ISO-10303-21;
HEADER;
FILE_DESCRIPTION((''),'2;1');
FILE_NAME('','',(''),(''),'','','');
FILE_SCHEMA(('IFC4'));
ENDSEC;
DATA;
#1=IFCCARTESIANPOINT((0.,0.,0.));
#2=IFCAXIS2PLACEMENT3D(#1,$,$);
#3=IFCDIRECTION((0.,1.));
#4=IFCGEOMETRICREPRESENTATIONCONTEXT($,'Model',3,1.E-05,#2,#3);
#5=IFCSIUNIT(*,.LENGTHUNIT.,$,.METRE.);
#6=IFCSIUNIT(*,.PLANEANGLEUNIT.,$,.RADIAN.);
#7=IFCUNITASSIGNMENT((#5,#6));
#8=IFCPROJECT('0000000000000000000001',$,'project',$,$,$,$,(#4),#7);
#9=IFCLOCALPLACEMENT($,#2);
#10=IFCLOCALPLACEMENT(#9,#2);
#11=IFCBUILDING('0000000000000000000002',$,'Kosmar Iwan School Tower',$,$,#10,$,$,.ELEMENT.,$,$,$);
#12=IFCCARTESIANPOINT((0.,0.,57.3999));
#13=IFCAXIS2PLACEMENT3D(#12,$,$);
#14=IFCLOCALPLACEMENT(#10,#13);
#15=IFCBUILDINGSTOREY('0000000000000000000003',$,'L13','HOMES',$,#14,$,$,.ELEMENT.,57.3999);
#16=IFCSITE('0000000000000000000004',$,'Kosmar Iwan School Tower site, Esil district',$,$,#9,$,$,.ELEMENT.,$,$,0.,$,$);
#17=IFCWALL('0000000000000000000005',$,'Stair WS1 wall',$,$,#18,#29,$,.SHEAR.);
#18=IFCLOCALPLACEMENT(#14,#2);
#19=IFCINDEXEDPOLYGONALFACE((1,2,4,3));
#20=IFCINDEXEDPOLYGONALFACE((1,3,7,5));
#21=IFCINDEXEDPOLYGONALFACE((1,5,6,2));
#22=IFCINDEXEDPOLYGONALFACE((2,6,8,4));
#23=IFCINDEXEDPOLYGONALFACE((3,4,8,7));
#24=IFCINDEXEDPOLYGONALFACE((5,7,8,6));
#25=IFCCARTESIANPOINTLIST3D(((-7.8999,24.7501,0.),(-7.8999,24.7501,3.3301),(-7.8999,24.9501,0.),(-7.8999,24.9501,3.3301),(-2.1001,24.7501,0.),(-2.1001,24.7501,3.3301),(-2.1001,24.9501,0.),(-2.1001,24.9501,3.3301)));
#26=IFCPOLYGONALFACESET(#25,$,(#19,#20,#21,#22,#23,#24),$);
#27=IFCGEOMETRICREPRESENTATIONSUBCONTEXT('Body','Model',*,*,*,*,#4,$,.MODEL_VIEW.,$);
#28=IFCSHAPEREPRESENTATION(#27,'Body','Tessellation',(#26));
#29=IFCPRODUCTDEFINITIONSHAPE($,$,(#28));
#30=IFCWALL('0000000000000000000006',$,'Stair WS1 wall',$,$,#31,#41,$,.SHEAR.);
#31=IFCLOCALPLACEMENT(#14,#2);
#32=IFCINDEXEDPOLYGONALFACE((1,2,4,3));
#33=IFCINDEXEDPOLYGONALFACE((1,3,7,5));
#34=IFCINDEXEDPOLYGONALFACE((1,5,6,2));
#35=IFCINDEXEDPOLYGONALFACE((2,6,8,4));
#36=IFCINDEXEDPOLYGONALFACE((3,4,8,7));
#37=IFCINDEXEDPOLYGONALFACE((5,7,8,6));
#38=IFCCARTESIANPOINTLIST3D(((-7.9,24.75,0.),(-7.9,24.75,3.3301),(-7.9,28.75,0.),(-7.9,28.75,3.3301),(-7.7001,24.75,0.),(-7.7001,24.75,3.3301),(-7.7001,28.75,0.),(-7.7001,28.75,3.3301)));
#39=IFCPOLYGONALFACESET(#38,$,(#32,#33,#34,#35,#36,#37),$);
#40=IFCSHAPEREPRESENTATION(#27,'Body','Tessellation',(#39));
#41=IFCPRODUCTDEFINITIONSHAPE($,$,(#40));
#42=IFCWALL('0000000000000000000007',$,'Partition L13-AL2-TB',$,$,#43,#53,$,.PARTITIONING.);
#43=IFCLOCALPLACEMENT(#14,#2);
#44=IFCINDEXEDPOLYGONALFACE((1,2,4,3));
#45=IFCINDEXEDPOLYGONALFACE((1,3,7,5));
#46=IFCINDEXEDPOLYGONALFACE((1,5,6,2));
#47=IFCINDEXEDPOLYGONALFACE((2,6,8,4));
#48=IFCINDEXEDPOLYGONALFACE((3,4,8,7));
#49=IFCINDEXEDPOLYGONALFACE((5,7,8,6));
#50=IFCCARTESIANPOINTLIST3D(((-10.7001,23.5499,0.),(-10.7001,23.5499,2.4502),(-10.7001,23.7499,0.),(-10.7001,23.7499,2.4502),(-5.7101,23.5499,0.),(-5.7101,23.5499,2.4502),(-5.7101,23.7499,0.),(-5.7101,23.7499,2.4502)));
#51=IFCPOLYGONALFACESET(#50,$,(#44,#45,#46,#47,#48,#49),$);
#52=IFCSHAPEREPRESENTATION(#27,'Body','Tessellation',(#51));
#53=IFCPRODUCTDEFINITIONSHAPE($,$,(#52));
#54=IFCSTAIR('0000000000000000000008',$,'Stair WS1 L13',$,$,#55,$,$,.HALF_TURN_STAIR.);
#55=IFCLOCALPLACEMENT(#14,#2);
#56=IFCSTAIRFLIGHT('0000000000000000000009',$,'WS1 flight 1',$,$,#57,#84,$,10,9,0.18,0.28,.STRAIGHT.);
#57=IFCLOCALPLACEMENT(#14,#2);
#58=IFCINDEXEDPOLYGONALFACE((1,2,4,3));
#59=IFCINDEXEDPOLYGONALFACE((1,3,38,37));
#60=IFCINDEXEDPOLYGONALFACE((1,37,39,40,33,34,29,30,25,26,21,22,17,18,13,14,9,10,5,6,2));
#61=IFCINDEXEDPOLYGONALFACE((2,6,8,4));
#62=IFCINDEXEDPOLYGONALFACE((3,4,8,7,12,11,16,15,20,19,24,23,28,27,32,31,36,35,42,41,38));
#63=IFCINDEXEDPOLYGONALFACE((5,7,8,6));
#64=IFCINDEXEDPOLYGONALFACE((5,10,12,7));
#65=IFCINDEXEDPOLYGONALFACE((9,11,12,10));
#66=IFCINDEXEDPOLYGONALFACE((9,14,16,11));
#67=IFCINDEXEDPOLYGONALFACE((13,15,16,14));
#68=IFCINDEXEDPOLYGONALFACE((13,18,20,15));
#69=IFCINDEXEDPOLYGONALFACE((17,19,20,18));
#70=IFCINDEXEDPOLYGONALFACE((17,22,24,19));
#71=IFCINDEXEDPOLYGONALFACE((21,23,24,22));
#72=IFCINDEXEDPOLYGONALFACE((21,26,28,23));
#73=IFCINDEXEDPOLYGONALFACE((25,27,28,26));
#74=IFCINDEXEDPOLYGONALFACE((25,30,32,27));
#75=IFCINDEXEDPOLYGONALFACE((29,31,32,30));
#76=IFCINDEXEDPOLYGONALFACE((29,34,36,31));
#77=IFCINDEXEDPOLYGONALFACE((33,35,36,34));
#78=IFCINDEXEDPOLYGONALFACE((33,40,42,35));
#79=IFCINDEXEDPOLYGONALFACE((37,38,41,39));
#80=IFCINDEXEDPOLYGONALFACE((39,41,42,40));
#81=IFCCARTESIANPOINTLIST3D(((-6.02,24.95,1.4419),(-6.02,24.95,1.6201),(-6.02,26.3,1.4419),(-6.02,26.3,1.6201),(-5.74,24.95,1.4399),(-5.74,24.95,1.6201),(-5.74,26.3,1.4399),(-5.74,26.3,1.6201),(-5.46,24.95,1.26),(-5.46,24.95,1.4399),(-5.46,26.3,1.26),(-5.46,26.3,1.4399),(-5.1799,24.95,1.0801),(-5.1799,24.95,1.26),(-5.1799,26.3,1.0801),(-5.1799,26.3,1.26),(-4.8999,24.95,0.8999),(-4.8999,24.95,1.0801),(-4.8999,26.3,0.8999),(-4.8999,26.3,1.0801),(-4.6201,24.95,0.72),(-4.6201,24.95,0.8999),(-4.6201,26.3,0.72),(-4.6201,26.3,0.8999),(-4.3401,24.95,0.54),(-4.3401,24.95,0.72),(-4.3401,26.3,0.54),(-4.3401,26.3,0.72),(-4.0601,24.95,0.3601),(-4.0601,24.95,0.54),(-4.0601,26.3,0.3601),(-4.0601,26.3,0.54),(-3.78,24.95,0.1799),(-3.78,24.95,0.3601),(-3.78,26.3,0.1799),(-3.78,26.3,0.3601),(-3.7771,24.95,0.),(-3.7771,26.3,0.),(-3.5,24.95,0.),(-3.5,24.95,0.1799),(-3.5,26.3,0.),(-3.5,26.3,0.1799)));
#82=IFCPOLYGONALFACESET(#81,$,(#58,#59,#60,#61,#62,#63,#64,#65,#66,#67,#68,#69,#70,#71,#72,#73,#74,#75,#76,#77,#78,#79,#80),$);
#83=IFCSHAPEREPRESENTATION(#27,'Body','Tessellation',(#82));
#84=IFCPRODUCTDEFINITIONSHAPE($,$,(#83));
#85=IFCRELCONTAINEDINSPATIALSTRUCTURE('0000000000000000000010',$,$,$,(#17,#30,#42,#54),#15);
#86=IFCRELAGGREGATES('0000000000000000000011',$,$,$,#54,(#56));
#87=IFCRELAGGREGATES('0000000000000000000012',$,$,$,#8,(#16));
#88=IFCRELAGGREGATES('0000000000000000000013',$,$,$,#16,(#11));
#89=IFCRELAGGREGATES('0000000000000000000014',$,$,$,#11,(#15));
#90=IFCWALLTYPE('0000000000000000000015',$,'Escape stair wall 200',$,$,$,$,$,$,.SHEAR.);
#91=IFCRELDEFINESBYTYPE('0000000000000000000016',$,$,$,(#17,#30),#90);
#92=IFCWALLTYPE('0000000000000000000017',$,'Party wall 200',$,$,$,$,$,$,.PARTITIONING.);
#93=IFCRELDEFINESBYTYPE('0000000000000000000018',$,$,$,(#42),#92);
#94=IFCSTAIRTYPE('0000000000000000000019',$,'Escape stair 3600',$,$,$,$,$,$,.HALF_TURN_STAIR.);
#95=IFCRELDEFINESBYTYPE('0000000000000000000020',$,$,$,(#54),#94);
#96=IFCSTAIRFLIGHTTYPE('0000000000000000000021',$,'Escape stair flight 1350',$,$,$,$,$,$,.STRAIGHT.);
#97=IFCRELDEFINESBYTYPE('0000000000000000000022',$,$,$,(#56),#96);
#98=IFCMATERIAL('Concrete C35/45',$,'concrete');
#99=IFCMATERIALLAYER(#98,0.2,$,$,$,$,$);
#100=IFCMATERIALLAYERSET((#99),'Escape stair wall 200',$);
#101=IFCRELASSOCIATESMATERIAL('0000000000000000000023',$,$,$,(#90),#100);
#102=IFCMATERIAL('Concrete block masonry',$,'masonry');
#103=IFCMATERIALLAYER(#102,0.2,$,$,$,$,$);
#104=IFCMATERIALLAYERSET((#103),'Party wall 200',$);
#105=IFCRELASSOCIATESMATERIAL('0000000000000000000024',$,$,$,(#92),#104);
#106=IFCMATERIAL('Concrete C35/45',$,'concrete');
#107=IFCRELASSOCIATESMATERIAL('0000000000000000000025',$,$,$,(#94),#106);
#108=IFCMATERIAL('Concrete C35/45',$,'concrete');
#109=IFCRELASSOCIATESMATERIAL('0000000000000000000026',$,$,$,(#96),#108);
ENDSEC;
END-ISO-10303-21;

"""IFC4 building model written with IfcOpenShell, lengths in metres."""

from ifc_helpers import new_model, si_unit, direction, frame, frame_2d, origin, place, context, subcontext, project, spatial, polyline, rectangle, outline, extrude, material, layer, layer_set, type_object, element, aggregate, save


model = new_model("IFC4")

# Units and contexts
model_context = context("Model", 3, precision=1e-05, world=origin(), true_north=direction((0.0, 1.0)))
body_context = subcontext(model_context, "Body", "Model", "MODEL_VIEW")
ifc_project = project(units=[si_unit("LENGTHUNIT", "METRE"), si_unit("PLANEANGLEUNIT", "RADIAN")], contexts=[model_context])

# Site, building, storey
site_placement = place(None, origin())
site = spatial("IfcSite", under=ifc_project, at=site_placement, Name="Kosmar Iwan School Tower site, Esil district", CompositionType="ELEMENT", RefElevation=0.0)
building_placement = place(site_placement, origin())
building = spatial("IfcBuilding", under=site, at=building_placement, Name="Kosmar Iwan School Tower", CompositionType="ELEMENT")
storey_placement = place(building_placement, frame((0.0, 0.0, 57.3999)))
storey = spatial("IfcBuildingStorey", under=building, at=storey_placement, Name="L13", Description="HOMES", CompositionType="ELEMENT", Elevation=57.3999)

# Walls
ifc_material_1 = material(Name="Concrete C35/45", Category="concrete")
ifc_layer_1 = layer(ifc_material_1, 0.2)
ifc_layer_set_1 = layer_set([ifc_layer_1], Name="Escape stair wall 200")
wall_type_1 = type_object("IfcWallType", Name="Escape stair wall 200", PredefinedType="SHEAR", material=ifc_layer_set_1)
wall_1_placement = place(storey_placement, frame((-2.1001, 24.8501, 0.0), z_axis=(0.0, 0.0, 1.0), x_axis=(-1.0, 0.0, 0.0)))
element("IfcWall", 1, at=wall_1_placement, inside=storey, type_object=wall_type_1, Name="Stair WS1 wall", PredefinedType="SHEAR", context=body_context, shape_type="SweptSolid", body=[
    extrude(rectangle(XDim=5.7998, YDim=0.2, at=frame_2d((2.8999, 0.0))), origin(), (0.0, 0.0, 1.0), 3.3301),
])
wall_2_placement = place(storey_placement, frame((-7.8, 24.75, 0.0), z_axis=(0.0, 0.0, 1.0), x_axis=(0.0, 1.0, 0.0)))
element("IfcWall", 2, at=wall_2_placement, inside=storey, type_object=wall_type_1, Name="Stair WS1 wall", PredefinedType="SHEAR", context=body_context, shape_type="SweptSolid", body=[
    extrude(rectangle(XDim=4.0, YDim=0.2, at=frame_2d((2.0, 0.0))), origin(), (0.0, 0.0, 1.0), 3.3301),
])
ifc_material_2 = material(Name="Concrete block masonry", Category="masonry")
ifc_layer_2 = layer(ifc_material_2, 0.2)
ifc_layer_set_2 = layer_set([ifc_layer_2], Name="Party wall 200")
wall_type_2 = type_object("IfcWallType", Name="Party wall 200", PredefinedType="PARTITIONING", material=ifc_layer_set_2)
wall_3_placement = place(storey_placement, frame((-5.71, 23.6499, 0.0), z_axis=(0.0, 0.0, 1.0), x_axis=(-1.0, 0.0, 0.0)))
element("IfcWall", 3, at=wall_3_placement, inside=storey, type_object=wall_type_2, Name="Partition L13-AL2-TB", PredefinedType="PARTITIONING", context=body_context, shape_type="SweptSolid", body=[
    extrude(rectangle(XDim=4.99, YDim=0.2, at=frame_2d((2.4951, 0.0))), origin(), (0.0, 0.0, 1.0), 2.4502),
])

# Stair, stair flight
ifc_material_3 = material(Name="Concrete C35/45", Category="concrete")
stair_type = type_object("IfcStairType", Name="Escape stair 3600", PredefinedType="HALF_TURN_STAIR", material=ifc_material_3)
stair_placement = place(storey_placement, origin())
stair = element("IfcStair", 4, at=stair_placement, inside=storey, type_object=stair_type, Name="Stair WS1 L13", PredefinedType="HALF_TURN_STAIR")
ifc_material_4 = material(Name="Concrete C35/45", Category="concrete")
stair_flight_type = type_object("IfcStairFlightType", Name="Escape stair flight 1350", PredefinedType="STRAIGHT", material=ifc_material_4)
stair_flight_placement = place(storey_placement, frame((-3.5, 25.625, 0.0), z_axis=(0.0, 0.0, 1.0), x_axis=(-1.0, 0.0, 0.0)))
stair_flight = element("IfcStairFlight", 5, at=stair_flight_placement, type_object=stair_flight_type, Name="WS1 flight 1", NumberOfRisers=10, NumberOfTreads=9, PredefinedType="STRAIGHT", RiserHeight=0.18, TreadLength=0.28, context=body_context, shape_type="SweptSolid", body=[
    extrude(outline(polyline([(0.0, 0.0), (0.0, 0.1799), (0.28, 0.1799), (0.28, 0.3601), (0.5601, 0.3601), (0.5601, 0.54), (0.8401, 0.54), (0.8401, 0.72), (1.1201, 0.72), (1.1201, 0.8999), (1.3999, 0.8999), (1.3999, 1.0801), (1.6799, 1.0801), (1.6799, 1.26), (1.96, 1.26), (1.96, 1.4399), (2.24, 1.4399), (2.24, 1.6201), (2.52, 1.6201), (2.52, 1.8), (2.52, 1.4419), (0.2771, 0.0), (0.0, 0.0)])), frame((0.0, 0.675, 0.0), z_axis=(0.0, -1.0, 0.0), x_axis=(1.0, 0.0, 0.0)), (0.0, 0.0, 1.0), 1.3501),
])
aggregate(stair, [stair_flight])

save(model, "model.ifc")
